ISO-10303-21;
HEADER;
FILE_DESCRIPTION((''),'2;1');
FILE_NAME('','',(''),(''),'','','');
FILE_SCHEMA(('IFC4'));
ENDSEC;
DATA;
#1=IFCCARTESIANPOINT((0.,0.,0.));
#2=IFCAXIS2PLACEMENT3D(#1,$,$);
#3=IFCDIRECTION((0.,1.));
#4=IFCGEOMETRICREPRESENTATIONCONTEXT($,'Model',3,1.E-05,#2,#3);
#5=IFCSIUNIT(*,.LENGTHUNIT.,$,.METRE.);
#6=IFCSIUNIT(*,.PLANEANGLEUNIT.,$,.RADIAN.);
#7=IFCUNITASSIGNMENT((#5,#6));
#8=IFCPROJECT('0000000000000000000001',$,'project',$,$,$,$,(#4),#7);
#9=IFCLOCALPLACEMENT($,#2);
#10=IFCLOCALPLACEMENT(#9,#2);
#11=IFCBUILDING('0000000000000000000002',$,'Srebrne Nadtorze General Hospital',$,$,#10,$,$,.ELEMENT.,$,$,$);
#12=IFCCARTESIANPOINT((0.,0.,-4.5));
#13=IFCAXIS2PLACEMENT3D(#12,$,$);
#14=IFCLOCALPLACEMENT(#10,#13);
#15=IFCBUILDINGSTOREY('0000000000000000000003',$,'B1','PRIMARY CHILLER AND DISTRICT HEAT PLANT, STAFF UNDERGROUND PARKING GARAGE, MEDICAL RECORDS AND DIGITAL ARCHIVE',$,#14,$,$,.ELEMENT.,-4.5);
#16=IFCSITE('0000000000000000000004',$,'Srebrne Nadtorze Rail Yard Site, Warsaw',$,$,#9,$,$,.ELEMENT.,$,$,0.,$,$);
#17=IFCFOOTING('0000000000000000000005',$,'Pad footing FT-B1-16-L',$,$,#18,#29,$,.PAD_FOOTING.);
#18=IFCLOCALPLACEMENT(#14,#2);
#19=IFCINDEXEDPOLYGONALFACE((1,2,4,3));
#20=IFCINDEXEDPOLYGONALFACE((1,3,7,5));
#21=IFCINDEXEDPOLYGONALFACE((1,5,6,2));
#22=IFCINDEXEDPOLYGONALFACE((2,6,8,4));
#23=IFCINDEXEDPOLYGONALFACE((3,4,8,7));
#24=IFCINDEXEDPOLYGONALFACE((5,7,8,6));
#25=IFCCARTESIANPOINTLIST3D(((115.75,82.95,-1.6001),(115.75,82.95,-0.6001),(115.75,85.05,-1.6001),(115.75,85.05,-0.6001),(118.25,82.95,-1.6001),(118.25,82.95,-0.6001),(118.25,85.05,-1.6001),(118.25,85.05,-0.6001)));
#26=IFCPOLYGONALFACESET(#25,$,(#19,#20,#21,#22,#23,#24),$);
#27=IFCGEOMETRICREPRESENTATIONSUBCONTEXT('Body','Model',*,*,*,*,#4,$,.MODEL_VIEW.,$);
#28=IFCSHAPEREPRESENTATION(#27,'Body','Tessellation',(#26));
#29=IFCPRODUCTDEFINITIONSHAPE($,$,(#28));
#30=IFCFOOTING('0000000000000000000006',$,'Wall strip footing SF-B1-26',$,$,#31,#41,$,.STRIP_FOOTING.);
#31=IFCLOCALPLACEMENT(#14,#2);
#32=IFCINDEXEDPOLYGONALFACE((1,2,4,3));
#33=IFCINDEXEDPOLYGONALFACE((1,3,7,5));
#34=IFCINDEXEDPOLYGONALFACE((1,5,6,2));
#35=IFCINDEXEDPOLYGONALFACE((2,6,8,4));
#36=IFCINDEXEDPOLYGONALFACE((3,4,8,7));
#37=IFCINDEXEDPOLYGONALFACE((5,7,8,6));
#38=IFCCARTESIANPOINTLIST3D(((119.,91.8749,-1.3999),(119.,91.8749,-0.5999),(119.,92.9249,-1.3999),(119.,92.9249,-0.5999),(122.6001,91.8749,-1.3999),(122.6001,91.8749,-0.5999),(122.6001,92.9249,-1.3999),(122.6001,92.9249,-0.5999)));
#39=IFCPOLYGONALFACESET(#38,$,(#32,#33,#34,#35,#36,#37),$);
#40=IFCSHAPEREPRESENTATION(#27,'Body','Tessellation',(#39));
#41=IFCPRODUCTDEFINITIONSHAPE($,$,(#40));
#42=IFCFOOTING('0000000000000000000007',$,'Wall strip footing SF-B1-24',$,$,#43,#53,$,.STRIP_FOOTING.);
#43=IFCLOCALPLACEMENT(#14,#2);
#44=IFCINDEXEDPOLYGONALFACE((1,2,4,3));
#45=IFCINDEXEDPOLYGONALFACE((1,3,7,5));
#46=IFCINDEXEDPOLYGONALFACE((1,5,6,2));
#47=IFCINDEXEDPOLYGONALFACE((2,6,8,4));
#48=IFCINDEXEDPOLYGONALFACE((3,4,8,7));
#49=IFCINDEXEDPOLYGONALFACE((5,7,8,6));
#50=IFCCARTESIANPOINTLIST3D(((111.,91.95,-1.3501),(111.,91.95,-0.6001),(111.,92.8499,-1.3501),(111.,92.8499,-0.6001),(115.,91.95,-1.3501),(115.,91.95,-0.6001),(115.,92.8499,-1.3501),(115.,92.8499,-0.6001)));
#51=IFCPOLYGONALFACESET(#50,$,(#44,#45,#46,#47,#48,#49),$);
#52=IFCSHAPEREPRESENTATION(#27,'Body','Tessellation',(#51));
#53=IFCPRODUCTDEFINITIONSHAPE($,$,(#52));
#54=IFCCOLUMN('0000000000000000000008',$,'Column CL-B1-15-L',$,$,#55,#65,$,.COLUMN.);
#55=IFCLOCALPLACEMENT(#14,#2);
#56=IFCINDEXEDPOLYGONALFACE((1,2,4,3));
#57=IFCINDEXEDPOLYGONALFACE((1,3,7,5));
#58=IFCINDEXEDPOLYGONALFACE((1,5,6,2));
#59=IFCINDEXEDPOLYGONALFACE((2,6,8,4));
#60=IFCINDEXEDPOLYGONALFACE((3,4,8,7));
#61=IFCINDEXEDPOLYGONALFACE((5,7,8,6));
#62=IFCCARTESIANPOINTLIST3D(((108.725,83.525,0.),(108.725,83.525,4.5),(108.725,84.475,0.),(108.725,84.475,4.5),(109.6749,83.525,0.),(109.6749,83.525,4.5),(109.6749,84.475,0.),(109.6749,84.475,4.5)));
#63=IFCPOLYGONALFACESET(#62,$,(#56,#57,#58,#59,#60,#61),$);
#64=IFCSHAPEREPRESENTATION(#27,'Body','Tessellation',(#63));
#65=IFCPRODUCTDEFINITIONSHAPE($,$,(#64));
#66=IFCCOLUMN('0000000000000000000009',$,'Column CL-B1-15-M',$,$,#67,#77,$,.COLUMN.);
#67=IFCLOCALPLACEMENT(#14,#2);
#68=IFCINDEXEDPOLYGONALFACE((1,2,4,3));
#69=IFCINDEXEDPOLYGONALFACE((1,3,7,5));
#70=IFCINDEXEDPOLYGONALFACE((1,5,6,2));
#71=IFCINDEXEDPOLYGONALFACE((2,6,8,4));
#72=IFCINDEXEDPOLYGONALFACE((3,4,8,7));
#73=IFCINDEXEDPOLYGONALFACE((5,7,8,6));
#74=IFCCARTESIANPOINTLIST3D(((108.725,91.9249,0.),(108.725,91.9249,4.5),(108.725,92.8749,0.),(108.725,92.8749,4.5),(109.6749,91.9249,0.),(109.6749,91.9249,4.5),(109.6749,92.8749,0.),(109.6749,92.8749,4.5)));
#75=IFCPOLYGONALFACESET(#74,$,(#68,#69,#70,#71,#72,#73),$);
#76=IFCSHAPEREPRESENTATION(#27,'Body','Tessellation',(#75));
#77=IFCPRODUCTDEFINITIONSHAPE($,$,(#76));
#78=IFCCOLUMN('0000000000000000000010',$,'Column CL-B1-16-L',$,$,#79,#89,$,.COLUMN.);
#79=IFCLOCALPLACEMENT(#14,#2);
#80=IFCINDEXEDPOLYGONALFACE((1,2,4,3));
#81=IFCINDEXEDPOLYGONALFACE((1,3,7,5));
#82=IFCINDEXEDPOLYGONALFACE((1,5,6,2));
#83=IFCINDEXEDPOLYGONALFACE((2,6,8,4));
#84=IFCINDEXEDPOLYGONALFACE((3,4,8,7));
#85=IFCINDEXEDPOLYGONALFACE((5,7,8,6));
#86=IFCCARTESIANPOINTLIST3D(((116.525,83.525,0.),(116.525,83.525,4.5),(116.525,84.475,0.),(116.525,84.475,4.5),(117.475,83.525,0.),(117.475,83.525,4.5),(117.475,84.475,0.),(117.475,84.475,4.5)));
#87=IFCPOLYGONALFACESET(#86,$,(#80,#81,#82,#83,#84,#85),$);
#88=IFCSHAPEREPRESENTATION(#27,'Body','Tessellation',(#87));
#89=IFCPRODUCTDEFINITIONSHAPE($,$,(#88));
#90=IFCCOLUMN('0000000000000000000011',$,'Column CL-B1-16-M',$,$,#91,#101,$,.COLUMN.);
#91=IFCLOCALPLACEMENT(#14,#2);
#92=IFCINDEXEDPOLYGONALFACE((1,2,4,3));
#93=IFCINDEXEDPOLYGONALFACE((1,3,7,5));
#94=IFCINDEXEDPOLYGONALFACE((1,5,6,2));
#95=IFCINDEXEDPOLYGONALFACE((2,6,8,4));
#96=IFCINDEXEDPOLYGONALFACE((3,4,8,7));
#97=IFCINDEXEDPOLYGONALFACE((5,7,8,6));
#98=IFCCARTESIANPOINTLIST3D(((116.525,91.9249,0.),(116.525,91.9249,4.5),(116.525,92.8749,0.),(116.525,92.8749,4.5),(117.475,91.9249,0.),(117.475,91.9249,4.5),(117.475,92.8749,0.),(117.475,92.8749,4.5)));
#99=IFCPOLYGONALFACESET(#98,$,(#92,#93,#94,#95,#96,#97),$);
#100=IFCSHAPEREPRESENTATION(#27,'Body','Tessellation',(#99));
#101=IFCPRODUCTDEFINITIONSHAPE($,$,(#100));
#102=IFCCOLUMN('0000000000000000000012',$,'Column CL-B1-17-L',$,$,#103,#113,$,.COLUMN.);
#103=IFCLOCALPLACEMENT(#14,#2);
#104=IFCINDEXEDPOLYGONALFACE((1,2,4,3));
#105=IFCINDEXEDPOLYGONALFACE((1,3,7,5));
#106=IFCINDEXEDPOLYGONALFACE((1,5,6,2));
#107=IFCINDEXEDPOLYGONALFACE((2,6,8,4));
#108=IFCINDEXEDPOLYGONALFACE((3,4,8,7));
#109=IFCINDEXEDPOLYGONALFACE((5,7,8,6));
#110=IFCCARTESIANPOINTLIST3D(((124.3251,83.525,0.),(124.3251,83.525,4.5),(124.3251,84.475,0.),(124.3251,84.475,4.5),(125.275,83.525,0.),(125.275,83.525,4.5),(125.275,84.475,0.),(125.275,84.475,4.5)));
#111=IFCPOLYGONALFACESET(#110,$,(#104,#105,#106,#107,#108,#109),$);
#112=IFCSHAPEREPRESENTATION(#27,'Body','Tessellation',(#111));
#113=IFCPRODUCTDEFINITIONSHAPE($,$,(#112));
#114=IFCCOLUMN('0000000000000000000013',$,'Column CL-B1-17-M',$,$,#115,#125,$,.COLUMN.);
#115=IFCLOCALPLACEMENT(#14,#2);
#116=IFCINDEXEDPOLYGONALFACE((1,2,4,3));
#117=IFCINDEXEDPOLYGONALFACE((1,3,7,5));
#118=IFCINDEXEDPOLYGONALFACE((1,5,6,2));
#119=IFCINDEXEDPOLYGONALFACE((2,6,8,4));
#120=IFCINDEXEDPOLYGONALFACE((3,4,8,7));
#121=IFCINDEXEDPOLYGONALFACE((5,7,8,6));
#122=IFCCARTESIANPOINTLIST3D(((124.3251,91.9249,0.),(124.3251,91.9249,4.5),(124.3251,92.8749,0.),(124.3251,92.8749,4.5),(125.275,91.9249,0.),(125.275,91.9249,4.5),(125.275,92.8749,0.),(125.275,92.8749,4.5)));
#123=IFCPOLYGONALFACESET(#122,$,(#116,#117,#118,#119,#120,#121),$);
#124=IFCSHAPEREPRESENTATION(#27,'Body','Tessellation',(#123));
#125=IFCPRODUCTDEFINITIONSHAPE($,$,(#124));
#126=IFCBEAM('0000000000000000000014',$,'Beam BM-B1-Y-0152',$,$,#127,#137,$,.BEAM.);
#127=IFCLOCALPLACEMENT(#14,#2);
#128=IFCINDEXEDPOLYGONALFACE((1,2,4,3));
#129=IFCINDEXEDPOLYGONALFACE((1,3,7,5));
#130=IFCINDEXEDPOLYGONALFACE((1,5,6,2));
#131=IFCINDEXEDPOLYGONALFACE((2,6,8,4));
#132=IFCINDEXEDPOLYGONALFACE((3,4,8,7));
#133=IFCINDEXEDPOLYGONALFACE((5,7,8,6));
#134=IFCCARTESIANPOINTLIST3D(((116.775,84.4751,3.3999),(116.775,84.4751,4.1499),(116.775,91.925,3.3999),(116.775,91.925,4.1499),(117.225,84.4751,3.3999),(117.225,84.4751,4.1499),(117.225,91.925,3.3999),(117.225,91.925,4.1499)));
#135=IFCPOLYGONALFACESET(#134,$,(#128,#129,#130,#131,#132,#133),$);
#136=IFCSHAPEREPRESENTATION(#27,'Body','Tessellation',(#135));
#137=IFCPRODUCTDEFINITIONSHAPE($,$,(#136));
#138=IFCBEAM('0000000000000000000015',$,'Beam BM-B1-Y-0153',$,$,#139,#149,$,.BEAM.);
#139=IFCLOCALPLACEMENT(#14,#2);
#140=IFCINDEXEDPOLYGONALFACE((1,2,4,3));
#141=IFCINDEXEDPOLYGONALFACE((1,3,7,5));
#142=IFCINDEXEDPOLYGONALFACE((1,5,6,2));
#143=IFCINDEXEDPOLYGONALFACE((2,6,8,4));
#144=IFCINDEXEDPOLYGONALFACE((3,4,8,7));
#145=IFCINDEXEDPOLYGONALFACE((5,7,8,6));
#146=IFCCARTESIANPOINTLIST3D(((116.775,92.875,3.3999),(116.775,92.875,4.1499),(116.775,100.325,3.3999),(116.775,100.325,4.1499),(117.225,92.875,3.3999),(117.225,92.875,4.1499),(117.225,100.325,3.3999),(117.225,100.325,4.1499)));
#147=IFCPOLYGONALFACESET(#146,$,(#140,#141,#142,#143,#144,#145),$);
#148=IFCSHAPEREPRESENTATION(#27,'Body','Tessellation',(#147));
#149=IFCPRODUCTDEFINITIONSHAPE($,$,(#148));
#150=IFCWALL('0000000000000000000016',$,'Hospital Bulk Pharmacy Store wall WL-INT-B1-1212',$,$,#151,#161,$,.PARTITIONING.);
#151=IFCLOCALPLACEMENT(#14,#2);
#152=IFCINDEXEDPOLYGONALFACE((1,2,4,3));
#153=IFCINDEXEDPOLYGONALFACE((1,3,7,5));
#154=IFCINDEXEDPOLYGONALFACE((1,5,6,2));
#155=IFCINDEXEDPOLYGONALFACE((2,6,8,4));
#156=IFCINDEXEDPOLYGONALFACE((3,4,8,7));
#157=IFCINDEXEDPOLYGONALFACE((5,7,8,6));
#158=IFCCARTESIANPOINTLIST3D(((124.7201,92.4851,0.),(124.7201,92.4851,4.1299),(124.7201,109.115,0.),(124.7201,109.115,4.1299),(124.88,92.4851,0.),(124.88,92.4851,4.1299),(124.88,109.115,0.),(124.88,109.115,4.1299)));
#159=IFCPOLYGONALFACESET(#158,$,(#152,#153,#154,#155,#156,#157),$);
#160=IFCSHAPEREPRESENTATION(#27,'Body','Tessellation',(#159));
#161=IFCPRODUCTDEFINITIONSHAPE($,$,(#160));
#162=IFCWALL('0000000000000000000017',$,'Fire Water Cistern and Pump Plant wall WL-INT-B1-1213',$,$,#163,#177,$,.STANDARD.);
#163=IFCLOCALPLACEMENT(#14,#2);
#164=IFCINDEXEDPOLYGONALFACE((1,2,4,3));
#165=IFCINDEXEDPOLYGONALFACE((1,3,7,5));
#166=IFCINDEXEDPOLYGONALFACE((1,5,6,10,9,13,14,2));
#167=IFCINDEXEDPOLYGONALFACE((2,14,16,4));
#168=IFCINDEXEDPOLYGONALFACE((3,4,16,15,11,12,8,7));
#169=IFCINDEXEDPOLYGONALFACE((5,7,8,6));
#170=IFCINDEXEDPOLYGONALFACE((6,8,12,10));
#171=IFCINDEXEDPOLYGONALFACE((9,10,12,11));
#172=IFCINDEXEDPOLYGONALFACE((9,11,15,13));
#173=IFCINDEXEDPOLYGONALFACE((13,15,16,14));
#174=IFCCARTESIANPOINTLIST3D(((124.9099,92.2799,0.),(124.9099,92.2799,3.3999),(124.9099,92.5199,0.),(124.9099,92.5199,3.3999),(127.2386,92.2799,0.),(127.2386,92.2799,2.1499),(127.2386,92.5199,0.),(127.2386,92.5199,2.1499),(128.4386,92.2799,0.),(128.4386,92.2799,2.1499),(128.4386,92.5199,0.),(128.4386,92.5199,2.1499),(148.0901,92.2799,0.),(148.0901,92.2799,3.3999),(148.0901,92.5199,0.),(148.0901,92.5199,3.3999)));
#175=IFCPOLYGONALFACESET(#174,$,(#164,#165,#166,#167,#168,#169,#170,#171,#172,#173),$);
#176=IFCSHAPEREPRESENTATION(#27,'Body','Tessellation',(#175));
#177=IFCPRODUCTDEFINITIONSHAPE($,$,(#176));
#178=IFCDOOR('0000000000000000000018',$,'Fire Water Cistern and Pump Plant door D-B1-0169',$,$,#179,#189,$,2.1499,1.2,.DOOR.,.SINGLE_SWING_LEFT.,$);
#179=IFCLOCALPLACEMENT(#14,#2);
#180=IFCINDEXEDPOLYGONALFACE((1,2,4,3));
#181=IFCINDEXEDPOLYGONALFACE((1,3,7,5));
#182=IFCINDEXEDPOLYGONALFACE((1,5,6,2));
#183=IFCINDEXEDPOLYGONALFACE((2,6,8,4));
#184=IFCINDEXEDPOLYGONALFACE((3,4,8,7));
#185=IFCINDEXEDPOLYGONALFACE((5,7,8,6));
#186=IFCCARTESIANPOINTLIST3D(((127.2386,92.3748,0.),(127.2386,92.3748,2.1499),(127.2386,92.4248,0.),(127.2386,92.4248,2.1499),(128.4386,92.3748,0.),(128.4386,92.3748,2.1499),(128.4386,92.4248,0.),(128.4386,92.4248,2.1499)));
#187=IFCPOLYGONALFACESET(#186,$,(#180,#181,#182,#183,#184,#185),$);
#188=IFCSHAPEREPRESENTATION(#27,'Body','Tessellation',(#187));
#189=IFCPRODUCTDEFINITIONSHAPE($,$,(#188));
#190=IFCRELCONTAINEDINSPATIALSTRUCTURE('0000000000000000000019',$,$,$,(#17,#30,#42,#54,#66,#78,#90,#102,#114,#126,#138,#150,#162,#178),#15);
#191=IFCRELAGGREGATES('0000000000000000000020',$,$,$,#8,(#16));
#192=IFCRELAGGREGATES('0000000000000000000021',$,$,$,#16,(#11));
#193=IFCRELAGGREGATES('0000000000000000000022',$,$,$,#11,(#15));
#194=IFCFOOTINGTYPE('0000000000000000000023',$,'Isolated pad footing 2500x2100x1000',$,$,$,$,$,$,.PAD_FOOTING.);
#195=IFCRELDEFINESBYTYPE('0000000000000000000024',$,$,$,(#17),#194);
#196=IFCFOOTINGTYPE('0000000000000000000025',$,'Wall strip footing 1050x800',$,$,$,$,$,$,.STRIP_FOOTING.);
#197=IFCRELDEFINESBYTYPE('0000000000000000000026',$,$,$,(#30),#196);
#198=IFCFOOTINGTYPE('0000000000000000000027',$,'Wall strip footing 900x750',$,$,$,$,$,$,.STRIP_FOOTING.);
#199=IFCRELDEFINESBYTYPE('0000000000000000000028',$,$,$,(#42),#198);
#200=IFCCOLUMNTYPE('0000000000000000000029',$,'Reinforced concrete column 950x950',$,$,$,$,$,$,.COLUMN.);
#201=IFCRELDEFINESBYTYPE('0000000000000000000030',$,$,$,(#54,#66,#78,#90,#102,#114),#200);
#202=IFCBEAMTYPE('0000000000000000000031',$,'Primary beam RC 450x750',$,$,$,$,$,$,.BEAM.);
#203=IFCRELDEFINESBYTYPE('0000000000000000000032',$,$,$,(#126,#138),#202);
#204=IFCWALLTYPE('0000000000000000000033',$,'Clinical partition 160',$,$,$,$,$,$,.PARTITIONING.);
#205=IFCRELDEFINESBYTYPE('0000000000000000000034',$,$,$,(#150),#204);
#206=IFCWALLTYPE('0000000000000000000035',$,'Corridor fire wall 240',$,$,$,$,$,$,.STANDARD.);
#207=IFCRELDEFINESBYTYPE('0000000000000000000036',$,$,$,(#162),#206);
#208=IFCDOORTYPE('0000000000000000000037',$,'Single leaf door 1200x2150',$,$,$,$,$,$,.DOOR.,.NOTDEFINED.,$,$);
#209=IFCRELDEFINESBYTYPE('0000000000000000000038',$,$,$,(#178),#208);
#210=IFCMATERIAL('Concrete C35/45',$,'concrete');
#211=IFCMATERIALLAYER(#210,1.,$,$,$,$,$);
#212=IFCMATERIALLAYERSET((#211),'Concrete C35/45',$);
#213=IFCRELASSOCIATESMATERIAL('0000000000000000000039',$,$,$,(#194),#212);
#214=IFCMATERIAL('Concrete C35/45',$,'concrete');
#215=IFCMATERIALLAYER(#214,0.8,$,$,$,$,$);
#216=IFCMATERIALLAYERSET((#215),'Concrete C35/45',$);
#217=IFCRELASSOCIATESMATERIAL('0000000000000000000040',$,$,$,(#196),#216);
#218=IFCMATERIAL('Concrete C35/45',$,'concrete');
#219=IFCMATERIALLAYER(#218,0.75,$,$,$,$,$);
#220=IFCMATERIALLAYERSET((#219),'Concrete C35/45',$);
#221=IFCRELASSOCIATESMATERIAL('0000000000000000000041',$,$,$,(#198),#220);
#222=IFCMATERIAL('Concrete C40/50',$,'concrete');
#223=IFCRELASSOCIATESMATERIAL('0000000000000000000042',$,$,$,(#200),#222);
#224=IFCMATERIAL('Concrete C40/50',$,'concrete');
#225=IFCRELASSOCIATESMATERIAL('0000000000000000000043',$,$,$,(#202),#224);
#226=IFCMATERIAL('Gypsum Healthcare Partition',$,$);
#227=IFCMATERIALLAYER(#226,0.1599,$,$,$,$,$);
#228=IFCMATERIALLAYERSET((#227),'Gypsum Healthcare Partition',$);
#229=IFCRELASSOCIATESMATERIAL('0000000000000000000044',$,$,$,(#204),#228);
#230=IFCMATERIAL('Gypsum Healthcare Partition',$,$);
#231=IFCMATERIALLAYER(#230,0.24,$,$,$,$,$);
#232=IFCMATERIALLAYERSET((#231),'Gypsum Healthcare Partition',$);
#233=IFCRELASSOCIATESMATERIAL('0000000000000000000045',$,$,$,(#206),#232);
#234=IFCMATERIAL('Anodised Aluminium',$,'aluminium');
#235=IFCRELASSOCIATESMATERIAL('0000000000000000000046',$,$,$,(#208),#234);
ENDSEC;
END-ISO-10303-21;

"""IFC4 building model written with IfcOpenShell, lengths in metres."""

from ifc_helpers import new_model, si_unit, direction, frame, frame_2d, origin, origin_2d, place, context, subcontext, project, spatial, rectangle, extrude, material, layer, layer_set, material_profile, profile_set, type_object, element, fill, save


model = new_model("IFC4")

# Units and contexts
model_context = context("Model", 3, precision=1e-05, world=origin(), true_north=direction((0.0, 1.0)))
body_context = subcontext(model_context, "Body", "Model", "MODEL_VIEW")
ifc_project = project(units=[si_unit("LENGTHUNIT", "METRE"), si_unit("PLANEANGLEUNIT", "RADIAN")], contexts=[model_context])

# Site, building, storey
site_placement = place(None, origin())
site = spatial("IfcSite", under=ifc_project, at=site_placement, Name="Srebrne Nadtorze Rail Yard Site, Warsaw", CompositionType="ELEMENT", RefElevation=0.0)
building_placement = place(site_placement, origin())
building = spatial("IfcBuilding", under=site, at=building_placement, Name="Srebrne Nadtorze General Hospital", CompositionType="ELEMENT")
storey_placement = place(building_placement, frame((0.0, 0.0, -4.5)))
storey = spatial("IfcBuildingStorey", under=building, at=storey_placement, Name="B1", Description="PRIMARY CHILLER AND DISTRICT HEAT PLANT, STAFF UNDERGROUND PARKING GARAGE, MEDICAL RECORDS AND DIGITAL ARCHIVE", CompositionType="ELEMENT", Elevation=-4.5)

# Footings
ifc_material_1 = material(Name="Concrete C35/45", Category="concrete")
ifc_layer_1 = layer(ifc_material_1, 1.0)
ifc_layer_set_1 = layer_set([ifc_layer_1], Name="Concrete C35/45")
footing_type_1 = type_object("IfcFootingType", Name="Isolated pad footing 2500x2100x1000", PredefinedType="PAD_FOOTING", material=ifc_layer_set_1)
footing_1_placement = place(storey_placement, frame((117.0, 84.0, -1.6001), z_axis=(0.0, 0.0, 1.0), x_axis=(1.0, 0.0, 0.0)))
element("IfcFooting", 1, at=footing_1_placement, inside=storey, type_object=footing_type_1, Name="Pad footing FT-B1-16-L", PredefinedType="PAD_FOOTING", context=body_context, shape_type="SweptSolid", body=[
    extrude(rectangle(XDim=2.5, YDim=2.1001, at=origin_2d()), origin(), (0.0, 0.0, 1.0), 1.0),
])
ifc_material_2 = material(Name="Concrete C35/45", Category="concrete")
ifc_layer_2 = layer(ifc_material_2, 0.8)
ifc_layer_set_2 = layer_set([ifc_layer_2], Name="Concrete C35/45")
footing_type_2 = type_object("IfcFootingType", Name="Wall strip footing 1050x800", PredefinedType="STRIP_FOOTING", material=ifc_layer_set_2)
footing_2_placement = place(storey_placement, frame((120.8, 92.3999, -1.3999), z_axis=(0.0, 0.0, 1.0), x_axis=(1.0, 0.0, 0.0)))
element("IfcFooting", 2, at=footing_2_placement, inside=storey, type_object=footing_type_2, Name="Wall strip footing SF-B1-26", PredefinedType="STRIP_FOOTING", context=body_context, shape_type="SweptSolid", body=[
    extrude(rectangle(XDim=3.6001, YDim=1.05, at=origin_2d()), origin(), (0.0, 0.0, 1.0), 0.8),
])
ifc_material_3 = material(Name="Concrete C35/45", Category="concrete")
ifc_layer_3 = layer(ifc_material_3, 0.75)
ifc_layer_set_3 = layer_set([ifc_layer_3], Name="Concrete C35/45")
footing_type_3 = type_object("IfcFootingType", Name="Wall strip footing 900x750", PredefinedType="STRIP_FOOTING", material=ifc_layer_set_3)
footing_3_placement = place(storey_placement, frame((113.0, 92.3999, -1.3501), z_axis=(0.0, 0.0, 1.0), x_axis=(1.0, 0.0, 0.0)))
element("IfcFooting", 3, at=footing_3_placement, inside=storey, type_object=footing_type_3, Name="Wall strip footing SF-B1-24", PredefinedType="STRIP_FOOTING", context=body_context, shape_type="SweptSolid", body=[
    extrude(rectangle(XDim=4.0, YDim=0.8999, at=origin_2d()), origin(), (0.0, 0.0, 1.0), 0.75),
])

# Columns
ifc_material_4 = material(Name="Concrete C40/50", Category="concrete")
ifc_material_profile_1 = material_profile(ifc_material_4, rectangle(XDim=0.95, YDim=0.95, at=origin_2d()), Name="RC-COL-950x950")
ifc_profile_set_1 = profile_set([ifc_material_profile_1], Name="Concrete C40/50")
column_type = type_object("IfcColumnType", Name="Reinforced concrete column 950x950", PredefinedType="COLUMN", material=ifc_profile_set_1)
for number, where, z_axis, x_axis, name in (
    (4, (109.2, 84.0, 0.0), (0.0, 0.0, 1.0), (1.0, 0.0, 0.0), "Column CL-B1-15-L"),
    (5, (109.2, 92.3999, 0.0), (0.0, 0.0, 1.0), (1.0, 0.0, 0.0), "Column CL-B1-15-M"),
    (6, (117.0, 84.0, 0.0), (0.0, 0.0, 1.0), (1.0, 0.0, 0.0), "Column CL-B1-16-L"),
    (7, (117.0, 92.3999, 0.0), (0.0, 0.0, 1.0), (1.0, 0.0, 0.0), "Column CL-B1-16-M"),
    (8, (124.8, 84.0, 0.0), (0.0, 0.0, 1.0), (1.0, 0.0, 0.0), "Column CL-B1-17-L"),
    (9, (124.8, 92.3999, 0.0), (0.0, 0.0, 1.0), (1.0, 0.0, 0.0), "Column CL-B1-17-M"),
):
    element("IfcColumn", number, at=place(storey_placement, frame(where, z_axis=z_axis, x_axis=x_axis)), inside=storey, type_object=column_type, Name=name, PredefinedType="COLUMN", context=body_context, shape_type="SweptSolid", body=[
        extrude(rectangle(XDim=0.95, YDim=0.95, at=origin_2d()), origin(), (0.0, 0.0, 1.0), 4.5),
    ])

# Beams
ifc_material_5 = material(Name="Concrete C40/50", Category="concrete")
ifc_material_profile_2 = material_profile(ifc_material_5, rectangle(XDim=0.45, YDim=0.75, at=origin_2d()), Name="RC-BM-450x750")
ifc_profile_set_2 = profile_set([ifc_material_profile_2], Name="Concrete C40/50")
beam_type = type_object("IfcBeamType", Name="Primary beam RC 450x750", PredefinedType="BEAM", material=ifc_profile_set_2)
for number, where, z_axis, x_axis, name in (
    (10, (117.0, 84.4751, 3.7749), (0.0, 1.0, 0.0), (-1.0, 0.0, 0.0), "Beam BM-B1-Y-0152"),
    (11, (117.0, 92.875, 3.7749), (0.0, 1.0, 0.0), (-1.0, 0.0, 0.0), "Beam BM-B1-Y-0153"),
):
    element("IfcBeam", number, at=place(storey_placement, frame(where, z_axis=z_axis, x_axis=x_axis)), inside=storey, type_object=beam_type, Name=name, PredefinedType="BEAM", context=body_context, shape_type="SweptSolid", body=[
        extrude(rectangle(XDim=0.45, YDim=0.75, at=origin_2d()), origin(), (0.0, 0.0, 1.0), 7.45),
    ])

# Wall
ifc_material_6 = material(Name="Gypsum Healthcare Partition")
ifc_layer_4 = layer(ifc_material_6, 0.1599)
ifc_layer_set_4 = layer_set([ifc_layer_4], Name="Gypsum Healthcare Partition")
wall_type_1 = type_object("IfcWallType", Name="Clinical partition 160", PredefinedType="PARTITIONING", material=ifc_layer_set_4)
wall_1_placement = place(storey_placement, frame((124.8, 92.4851, 0.0), z_axis=(0.0, 0.0, 1.0), x_axis=(0.0, 1.0, 0.0)))
element("IfcWall", 12, at=wall_1_placement, inside=storey, type_object=wall_type_1, Name="Hospital Bulk Pharmacy Store wall WL-INT-B1-1212", PredefinedType="PARTITIONING", context=body_context, shape_type="SweptSolid", body=[
    extrude(rectangle(XDim=16.6299, YDim=0.1599, at=frame_2d((8.3149, 0.0))), origin(), (0.0, 0.0, 1.0), 4.1299),
])

# Wall, opening, door
ifc_material_7 = material(Name="Gypsum Healthcare Partition")
ifc_layer_5 = layer(ifc_material_7, 0.24)
ifc_layer_set_5 = layer_set([ifc_layer_5], Name="Gypsum Healthcare Partition")
wall_type_2 = type_object("IfcWallType", Name="Corridor fire wall 240", PredefinedType="STANDARD", material=ifc_layer_set_5)
wall_2_placement = place(storey_placement, frame((124.9099, 92.3999, 0.0), z_axis=(0.0, 0.0, 1.0), x_axis=(1.0, 0.0, 0.0)))
wall_2 = element("IfcWall", 13, at=wall_2_placement, inside=storey, type_object=wall_type_2, Name="Fire Water Cistern and Pump Plant wall WL-INT-B1-1213", PredefinedType="STANDARD", context=body_context, shape_type="SweptSolid", body=[
    extrude(rectangle(XDim=23.1802, YDim=0.24, at=frame_2d((11.5901, 0.0))), origin(), (0.0, 0.0, 1.0), 3.3999),
])
opening_placement = place(wall_2_placement, frame((2.3286, 0.0, 0.0)))
opening = element("IfcOpeningElement", 14, at=opening_placement, cuts=wall_2, PredefinedType="OPENING", context=body_context, shape_type="SweptSolid", body=[
    extrude(rectangle(XDim=1.2, YDim=2.1499, at=frame_2d((0.6001, 1.075))), frame((0.0, 0.1318, 0.0), z_axis=(0.0, -1.0, 0.0), x_axis=(1.0, 0.0, 0.0)), (0.0, 0.0, 1.0), 0.2639),
])
ifc_material_8 = material(Name="Anodised Aluminium", Category="aluminium")
door_type = type_object("IfcDoorType", Name="Single leaf door 1200x2150", OperationType="NOTDEFINED", PredefinedType="DOOR", material=ifc_material_8)
door_placement = place(opening_placement, origin())
door = element("IfcDoor", 15, at=door_placement, inside=storey, type_object=door_type, Name="Fire Water Cistern and Pump Plant door D-B1-0169", OperationType="SINGLE_SWING_LEFT", OverallHeight=2.1499, OverallWidth=1.2, PredefinedType="DOOR", context=body_context, shape_type="SweptSolid", body=[
    extrude(rectangle(XDim=1.2, YDim=2.1499, at=frame_2d((0.6001, 1.075))), frame((0.0, 0.0249, 0.0), z_axis=(0.0, -1.0, 0.0), x_axis=(1.0, 0.0, 0.0)), (0.0, 0.0, 1.0), 0.05),
])
fill(opening, door)

save(model, "model.ifc")
